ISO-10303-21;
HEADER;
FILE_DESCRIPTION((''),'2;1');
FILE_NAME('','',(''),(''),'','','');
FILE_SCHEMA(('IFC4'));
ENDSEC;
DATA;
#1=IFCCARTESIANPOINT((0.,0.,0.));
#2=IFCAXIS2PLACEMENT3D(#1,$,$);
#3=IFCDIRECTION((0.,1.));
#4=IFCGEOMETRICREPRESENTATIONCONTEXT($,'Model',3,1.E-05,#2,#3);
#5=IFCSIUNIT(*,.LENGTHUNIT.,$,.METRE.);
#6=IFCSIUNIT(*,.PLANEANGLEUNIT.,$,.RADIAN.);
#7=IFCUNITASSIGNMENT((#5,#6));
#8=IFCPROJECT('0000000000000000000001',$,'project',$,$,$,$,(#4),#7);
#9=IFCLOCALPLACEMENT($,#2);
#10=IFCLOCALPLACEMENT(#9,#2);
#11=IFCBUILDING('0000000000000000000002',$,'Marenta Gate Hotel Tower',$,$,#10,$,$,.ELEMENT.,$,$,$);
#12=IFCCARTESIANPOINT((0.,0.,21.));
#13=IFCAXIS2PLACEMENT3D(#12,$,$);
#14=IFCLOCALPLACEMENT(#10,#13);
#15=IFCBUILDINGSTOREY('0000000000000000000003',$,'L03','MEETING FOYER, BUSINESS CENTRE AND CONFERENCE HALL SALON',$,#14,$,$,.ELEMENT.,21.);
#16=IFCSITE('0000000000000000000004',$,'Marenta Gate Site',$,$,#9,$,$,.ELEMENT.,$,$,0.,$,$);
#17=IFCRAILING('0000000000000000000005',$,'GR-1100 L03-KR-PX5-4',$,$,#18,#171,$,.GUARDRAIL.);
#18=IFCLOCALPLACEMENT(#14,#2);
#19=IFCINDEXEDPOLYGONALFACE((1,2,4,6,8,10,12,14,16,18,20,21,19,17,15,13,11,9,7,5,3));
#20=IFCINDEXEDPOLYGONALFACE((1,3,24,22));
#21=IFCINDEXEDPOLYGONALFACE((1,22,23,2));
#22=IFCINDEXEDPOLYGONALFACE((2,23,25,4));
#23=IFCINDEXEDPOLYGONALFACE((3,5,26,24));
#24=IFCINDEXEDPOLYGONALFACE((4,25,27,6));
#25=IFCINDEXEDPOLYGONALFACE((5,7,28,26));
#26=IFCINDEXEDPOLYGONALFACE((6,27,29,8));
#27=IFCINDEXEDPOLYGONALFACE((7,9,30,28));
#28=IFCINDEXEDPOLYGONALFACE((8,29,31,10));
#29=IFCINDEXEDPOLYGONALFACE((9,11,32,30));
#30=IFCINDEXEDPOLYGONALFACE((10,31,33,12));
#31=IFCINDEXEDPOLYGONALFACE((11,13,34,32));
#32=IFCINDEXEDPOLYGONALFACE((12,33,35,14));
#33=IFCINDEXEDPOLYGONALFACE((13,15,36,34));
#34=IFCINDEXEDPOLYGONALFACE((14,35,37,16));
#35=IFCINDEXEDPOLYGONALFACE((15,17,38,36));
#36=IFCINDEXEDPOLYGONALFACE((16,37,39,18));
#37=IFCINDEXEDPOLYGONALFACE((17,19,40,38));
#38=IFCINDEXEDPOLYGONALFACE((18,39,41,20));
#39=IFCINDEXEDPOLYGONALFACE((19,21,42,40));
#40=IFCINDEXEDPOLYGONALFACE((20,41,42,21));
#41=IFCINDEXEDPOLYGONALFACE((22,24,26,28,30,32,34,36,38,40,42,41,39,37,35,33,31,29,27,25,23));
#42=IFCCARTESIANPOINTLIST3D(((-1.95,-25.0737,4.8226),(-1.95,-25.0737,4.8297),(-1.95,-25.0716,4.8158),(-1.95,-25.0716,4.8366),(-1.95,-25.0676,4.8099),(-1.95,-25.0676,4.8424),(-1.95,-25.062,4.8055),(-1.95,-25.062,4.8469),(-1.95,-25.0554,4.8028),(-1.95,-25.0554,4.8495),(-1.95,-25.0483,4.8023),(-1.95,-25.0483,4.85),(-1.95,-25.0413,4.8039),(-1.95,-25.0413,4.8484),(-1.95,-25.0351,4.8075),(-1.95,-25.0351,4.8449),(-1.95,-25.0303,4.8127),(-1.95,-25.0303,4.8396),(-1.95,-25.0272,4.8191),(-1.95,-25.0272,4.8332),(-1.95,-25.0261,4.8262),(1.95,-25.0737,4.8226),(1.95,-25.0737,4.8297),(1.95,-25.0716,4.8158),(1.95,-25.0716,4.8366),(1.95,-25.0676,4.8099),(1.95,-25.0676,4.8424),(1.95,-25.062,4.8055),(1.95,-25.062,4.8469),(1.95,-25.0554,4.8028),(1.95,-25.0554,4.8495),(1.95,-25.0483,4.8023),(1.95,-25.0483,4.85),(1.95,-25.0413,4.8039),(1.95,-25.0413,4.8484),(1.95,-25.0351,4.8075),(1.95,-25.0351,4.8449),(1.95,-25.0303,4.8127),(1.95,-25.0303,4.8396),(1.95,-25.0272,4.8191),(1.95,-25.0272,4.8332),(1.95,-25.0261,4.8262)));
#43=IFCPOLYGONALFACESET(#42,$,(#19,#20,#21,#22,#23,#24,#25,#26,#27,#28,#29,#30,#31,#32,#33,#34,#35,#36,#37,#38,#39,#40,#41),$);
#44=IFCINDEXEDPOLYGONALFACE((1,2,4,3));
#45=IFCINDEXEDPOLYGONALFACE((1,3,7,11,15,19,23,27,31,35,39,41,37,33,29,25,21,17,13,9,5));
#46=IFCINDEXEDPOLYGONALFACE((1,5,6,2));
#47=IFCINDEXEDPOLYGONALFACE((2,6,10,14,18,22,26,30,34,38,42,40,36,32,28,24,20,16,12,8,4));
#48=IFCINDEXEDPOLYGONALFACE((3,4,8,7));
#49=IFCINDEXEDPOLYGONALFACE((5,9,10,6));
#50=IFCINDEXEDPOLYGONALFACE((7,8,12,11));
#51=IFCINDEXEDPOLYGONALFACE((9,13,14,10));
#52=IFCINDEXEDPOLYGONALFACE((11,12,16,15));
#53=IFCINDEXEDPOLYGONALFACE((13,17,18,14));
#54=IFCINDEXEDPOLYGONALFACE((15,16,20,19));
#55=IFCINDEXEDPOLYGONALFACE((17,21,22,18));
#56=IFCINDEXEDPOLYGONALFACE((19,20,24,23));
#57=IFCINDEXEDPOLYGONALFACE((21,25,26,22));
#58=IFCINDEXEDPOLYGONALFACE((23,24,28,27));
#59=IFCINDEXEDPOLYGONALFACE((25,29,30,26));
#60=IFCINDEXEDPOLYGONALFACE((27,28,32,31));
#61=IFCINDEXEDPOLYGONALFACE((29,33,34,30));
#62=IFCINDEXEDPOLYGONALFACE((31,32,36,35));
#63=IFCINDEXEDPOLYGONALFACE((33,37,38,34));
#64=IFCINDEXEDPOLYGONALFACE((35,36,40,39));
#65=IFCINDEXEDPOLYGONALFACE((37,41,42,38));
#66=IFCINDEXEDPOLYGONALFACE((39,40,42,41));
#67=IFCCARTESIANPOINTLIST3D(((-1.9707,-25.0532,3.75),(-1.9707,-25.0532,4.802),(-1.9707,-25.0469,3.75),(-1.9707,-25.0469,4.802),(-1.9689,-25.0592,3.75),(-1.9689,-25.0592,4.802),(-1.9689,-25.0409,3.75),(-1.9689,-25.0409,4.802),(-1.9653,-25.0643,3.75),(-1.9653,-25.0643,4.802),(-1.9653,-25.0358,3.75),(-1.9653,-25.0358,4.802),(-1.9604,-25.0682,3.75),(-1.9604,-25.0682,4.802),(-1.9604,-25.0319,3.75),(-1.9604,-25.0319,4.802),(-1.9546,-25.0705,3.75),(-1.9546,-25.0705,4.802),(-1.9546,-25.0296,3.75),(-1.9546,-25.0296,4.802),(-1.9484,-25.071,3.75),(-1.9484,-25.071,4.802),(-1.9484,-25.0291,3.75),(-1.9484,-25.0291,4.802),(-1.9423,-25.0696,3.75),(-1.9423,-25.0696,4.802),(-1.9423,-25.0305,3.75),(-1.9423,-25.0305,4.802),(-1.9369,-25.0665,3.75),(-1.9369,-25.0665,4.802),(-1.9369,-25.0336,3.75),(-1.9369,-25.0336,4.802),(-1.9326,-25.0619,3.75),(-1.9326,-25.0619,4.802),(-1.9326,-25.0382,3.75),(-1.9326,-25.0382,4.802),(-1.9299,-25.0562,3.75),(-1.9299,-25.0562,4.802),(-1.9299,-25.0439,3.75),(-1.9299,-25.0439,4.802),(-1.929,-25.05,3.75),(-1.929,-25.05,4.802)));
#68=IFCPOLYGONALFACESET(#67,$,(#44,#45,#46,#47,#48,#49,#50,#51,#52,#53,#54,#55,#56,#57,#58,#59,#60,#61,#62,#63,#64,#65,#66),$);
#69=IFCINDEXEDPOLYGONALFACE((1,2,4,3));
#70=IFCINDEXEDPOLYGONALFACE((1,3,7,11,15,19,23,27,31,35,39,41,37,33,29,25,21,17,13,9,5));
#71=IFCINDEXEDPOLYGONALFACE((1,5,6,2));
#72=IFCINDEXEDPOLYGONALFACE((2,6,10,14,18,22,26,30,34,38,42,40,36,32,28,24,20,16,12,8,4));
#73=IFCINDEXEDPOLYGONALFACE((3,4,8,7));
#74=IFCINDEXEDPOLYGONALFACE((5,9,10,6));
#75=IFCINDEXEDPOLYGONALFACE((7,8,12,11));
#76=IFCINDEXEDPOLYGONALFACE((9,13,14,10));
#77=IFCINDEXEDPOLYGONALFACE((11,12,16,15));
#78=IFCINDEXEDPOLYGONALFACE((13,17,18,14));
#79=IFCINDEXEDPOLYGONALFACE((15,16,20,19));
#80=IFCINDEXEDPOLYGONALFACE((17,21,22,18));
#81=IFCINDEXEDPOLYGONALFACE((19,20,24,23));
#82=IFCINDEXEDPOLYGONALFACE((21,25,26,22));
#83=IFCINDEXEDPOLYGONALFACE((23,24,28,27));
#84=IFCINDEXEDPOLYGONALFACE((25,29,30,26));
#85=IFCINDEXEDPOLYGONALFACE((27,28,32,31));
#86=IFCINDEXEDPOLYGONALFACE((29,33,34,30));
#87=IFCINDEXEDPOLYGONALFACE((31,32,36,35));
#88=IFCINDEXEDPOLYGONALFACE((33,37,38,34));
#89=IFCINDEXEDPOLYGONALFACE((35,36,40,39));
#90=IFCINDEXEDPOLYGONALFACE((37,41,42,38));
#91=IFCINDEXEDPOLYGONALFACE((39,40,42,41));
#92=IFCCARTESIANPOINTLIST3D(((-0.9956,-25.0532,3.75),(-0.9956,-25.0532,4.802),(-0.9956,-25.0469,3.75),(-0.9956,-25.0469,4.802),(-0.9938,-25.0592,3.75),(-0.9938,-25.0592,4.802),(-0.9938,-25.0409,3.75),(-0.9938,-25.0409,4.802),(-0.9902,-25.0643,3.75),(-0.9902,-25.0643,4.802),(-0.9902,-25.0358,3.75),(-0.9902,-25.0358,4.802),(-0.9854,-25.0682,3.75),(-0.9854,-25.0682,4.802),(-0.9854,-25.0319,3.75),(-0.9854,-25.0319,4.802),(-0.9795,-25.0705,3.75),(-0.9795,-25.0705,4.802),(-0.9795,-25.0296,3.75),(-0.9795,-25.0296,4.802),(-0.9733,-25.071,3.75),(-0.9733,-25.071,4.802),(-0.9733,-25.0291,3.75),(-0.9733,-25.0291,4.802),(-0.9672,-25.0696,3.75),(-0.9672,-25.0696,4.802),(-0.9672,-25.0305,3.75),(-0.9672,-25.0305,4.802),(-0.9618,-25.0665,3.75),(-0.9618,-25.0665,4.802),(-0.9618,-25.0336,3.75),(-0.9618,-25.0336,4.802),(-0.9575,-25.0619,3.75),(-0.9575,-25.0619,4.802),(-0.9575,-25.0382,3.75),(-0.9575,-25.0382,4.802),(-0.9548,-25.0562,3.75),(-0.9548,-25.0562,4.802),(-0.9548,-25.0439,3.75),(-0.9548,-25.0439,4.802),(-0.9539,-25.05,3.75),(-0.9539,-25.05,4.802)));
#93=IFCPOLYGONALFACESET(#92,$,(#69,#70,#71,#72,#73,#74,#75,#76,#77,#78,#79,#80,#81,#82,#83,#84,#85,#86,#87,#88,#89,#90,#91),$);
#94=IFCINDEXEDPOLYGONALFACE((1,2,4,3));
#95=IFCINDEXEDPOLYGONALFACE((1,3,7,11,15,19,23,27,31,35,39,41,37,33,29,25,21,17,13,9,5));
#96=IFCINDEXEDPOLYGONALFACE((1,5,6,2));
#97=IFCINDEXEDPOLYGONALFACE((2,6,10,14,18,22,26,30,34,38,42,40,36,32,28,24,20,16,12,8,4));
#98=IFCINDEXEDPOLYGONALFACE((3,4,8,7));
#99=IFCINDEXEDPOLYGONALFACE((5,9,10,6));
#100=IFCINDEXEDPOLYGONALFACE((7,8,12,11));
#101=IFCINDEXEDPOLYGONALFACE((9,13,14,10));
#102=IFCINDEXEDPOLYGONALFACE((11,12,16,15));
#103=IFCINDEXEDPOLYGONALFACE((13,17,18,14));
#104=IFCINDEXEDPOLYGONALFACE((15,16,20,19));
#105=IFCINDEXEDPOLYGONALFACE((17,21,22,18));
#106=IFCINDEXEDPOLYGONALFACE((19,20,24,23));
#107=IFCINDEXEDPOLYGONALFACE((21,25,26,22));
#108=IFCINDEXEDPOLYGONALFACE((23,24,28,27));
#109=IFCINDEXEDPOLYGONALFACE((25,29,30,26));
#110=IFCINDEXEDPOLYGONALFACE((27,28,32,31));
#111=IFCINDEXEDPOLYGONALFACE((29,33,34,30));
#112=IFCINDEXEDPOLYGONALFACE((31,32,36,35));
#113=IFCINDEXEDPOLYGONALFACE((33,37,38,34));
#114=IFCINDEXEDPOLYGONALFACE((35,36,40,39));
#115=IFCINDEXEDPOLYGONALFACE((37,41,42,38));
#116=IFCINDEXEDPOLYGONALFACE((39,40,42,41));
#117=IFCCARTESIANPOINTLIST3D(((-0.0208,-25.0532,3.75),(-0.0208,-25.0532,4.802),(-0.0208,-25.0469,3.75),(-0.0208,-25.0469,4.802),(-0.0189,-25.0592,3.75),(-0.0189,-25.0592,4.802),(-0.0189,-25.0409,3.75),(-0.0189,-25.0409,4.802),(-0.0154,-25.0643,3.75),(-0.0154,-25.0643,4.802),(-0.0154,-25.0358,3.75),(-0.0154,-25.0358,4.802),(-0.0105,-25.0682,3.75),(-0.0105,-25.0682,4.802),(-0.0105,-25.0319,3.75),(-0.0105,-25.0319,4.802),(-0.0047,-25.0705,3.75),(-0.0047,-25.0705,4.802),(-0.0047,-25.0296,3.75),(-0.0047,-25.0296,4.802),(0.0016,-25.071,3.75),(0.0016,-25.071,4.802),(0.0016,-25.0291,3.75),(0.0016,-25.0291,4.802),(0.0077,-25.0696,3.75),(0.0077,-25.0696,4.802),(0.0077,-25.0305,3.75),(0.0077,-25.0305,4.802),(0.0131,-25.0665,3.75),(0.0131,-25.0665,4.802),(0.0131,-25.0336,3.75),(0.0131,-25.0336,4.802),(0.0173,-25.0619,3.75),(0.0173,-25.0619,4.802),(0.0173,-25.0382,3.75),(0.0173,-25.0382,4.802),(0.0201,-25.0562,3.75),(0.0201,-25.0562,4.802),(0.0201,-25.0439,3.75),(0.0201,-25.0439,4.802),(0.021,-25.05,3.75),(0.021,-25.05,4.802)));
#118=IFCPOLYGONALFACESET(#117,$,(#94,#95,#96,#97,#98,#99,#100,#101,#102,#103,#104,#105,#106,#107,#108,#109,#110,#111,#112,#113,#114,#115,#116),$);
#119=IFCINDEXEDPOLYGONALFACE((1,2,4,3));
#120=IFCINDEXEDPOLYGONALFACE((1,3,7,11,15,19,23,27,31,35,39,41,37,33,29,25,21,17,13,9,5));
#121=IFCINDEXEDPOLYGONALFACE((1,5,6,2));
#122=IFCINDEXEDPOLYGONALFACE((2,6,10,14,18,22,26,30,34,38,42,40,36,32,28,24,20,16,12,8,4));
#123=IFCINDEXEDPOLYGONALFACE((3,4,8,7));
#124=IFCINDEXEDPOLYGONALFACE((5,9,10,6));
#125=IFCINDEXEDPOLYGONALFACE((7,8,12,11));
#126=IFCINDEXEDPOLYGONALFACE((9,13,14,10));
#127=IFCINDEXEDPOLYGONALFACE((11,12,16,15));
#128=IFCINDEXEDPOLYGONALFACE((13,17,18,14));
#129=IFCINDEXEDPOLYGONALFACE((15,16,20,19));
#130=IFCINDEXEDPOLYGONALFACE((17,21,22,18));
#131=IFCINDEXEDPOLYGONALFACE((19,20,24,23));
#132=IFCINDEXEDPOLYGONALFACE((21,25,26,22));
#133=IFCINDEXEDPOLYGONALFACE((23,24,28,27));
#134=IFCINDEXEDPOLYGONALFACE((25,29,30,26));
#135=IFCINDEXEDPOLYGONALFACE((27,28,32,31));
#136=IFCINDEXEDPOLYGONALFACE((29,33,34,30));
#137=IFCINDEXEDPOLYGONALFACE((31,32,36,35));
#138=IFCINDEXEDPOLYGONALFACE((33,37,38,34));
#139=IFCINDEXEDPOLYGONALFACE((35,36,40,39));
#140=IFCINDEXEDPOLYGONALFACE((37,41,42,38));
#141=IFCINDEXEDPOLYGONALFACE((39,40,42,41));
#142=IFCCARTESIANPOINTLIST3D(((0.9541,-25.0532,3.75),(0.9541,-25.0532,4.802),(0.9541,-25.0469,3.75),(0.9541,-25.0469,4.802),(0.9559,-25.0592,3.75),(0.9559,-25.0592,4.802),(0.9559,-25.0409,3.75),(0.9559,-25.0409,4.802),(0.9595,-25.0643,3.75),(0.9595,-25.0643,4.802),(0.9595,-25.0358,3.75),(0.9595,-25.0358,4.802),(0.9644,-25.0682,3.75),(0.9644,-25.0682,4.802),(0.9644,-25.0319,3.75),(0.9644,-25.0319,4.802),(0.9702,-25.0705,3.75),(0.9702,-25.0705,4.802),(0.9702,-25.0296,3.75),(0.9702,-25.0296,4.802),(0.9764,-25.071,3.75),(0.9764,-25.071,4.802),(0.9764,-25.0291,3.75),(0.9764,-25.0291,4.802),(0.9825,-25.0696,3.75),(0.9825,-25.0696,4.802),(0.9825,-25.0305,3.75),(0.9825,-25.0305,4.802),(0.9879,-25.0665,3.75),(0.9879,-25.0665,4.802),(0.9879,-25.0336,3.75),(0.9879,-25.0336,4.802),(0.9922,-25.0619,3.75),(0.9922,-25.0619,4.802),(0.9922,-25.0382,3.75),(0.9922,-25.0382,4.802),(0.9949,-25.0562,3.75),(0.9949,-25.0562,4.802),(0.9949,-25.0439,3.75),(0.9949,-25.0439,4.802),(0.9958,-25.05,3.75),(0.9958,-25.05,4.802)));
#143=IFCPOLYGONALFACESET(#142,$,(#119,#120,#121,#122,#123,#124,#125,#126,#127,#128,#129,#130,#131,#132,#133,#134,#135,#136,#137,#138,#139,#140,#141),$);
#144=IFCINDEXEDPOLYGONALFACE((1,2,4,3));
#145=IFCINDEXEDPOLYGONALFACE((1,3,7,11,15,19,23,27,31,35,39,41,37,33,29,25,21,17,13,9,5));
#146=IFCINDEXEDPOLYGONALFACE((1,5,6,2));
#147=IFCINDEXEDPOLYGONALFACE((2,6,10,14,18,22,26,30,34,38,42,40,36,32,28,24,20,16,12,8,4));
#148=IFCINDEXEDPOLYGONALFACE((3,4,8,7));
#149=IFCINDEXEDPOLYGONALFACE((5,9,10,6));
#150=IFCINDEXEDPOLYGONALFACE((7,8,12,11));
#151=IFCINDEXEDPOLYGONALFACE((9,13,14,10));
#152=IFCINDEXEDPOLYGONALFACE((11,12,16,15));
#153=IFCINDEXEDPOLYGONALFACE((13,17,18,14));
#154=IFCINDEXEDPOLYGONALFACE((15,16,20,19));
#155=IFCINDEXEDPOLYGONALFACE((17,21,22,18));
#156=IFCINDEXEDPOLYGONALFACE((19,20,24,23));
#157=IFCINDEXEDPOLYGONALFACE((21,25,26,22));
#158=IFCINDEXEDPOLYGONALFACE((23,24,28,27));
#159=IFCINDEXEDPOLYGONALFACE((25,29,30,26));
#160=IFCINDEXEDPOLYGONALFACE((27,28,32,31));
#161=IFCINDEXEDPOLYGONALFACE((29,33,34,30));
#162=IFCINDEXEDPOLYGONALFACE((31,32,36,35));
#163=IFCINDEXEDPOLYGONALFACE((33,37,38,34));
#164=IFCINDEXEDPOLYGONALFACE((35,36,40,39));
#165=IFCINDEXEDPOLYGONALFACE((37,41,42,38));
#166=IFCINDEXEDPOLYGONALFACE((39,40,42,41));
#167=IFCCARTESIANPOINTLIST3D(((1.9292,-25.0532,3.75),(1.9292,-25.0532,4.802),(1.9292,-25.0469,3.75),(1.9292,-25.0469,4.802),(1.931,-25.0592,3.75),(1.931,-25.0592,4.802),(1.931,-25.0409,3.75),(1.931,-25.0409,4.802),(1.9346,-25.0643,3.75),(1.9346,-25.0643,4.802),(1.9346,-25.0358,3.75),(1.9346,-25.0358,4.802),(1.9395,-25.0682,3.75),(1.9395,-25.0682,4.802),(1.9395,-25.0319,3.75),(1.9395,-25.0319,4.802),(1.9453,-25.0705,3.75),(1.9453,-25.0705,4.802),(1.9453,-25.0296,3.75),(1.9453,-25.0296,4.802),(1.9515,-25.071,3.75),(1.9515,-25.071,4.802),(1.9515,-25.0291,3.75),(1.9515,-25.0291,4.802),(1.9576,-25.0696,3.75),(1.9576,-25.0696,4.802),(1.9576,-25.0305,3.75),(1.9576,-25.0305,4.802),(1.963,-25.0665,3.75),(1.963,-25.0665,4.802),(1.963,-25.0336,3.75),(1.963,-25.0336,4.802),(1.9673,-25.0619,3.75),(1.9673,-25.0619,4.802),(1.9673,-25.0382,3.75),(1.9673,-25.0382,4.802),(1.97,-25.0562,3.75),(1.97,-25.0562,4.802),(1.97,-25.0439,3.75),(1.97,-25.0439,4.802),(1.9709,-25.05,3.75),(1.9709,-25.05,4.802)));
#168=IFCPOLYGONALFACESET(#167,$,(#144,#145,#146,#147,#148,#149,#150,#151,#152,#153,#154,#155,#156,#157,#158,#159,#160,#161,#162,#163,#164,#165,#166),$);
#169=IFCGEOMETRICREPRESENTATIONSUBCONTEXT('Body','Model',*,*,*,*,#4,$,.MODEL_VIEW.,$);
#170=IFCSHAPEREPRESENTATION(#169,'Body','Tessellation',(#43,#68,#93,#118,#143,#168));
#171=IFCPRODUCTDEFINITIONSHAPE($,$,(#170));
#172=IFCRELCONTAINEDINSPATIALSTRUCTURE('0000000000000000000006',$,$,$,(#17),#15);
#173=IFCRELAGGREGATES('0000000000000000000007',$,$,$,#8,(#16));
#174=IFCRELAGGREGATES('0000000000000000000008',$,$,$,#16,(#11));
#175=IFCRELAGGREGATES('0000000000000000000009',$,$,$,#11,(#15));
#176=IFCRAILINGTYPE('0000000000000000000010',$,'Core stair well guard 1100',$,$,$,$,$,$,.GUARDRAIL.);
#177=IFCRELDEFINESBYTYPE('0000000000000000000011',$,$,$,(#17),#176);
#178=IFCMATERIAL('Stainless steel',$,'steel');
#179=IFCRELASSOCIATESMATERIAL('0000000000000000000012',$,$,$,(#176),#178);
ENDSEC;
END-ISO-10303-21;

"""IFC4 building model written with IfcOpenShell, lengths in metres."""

from ifc_helpers import new_model, si_unit, direction, frame, origin, origin_2d, place, context, subcontext, project, spatial, circle, extrude, material, type_object, element, save


model = new_model("IFC4")

# Units and contexts
model_context = context("Model", 3, precision=1e-05, world=origin(), true_north=direction((0.0, 1.0)))
body_context = subcontext(model_context, "Body", "Model", "MODEL_VIEW")
ifc_project = project(units=[si_unit("LENGTHUNIT", "METRE"), si_unit("PLANEANGLEUNIT", "RADIAN")], contexts=[model_context])

# Site, building, storey
site_placement = place(None, origin())
site = spatial("IfcSite", under=ifc_project, at=site_placement, Name="Marenta Gate Site", CompositionType="ELEMENT", RefElevation=0.0)
building_placement = place(site_placement, origin())
building = spatial("IfcBuilding", under=site, at=building_placement, Name="Marenta Gate Hotel Tower", CompositionType="ELEMENT")
storey_placement = place(building_placement, frame((0.0, 0.0, 21.0)))
storey = spatial("IfcBuildingStorey", under=building, at=storey_placement, Name="L03", Description="MEETING FOYER, BUSINESS CENTRE AND CONFERENCE HALL SALON", CompositionType="ELEMENT", Elevation=21.0)

# Railing
ifc_material_1 = material(Name="Stainless steel", Category="steel")
railing_type_1 = type_object("IfcRailingType", Name="Core stair well guard 1100", PredefinedType="GUARDRAIL", material=ifc_material_1)
for number, where, name in (
    (1, (-1.95, -25.05, 3.75), "GR-1100 L03-KR-PX5-4"),
):
    element("IfcRailing", number, at=place(storey_placement, frame(where)), inside=storey, type_object=railing_type_1, Name=name, PredefinedType="GUARDRAIL", context=body_context, shape_type="SweptSolid", body=[
        extrude(circle(Radius=0.0239, at=origin_2d()), frame((0.0, 0.0, 1.0762), z_axis=(1.0, 0.0, 0.0), x_axis=(0.0, 1.0, 0.0)), (0.0, 0.0, 1.0), 3.8999),
        extrude(circle(Radius=0.021, at=origin_2d()), origin(), (0.0, 0.0, 1.0), 1.052),
        extrude(circle(Radius=0.021, at=origin_2d()), frame((0.9751, 0.0, 0.0)), (0.0, 0.0, 1.0), 1.052),
        extrude(circle(Radius=0.021, at=origin_2d()), frame((1.95, 0.0, 0.0)), (0.0, 0.0, 1.0), 1.052),
        extrude(circle(Radius=0.021, at=origin_2d()), frame((2.9248, 0.0, 0.0)), (0.0, 0.0, 1.0), 1.052),
        extrude(circle(Radius=0.021, at=origin_2d()), frame((3.8999, 0.0, 0.0)), (0.0, 0.0, 1.0), 1.052),
    ])

save(model, "model.ifc")
